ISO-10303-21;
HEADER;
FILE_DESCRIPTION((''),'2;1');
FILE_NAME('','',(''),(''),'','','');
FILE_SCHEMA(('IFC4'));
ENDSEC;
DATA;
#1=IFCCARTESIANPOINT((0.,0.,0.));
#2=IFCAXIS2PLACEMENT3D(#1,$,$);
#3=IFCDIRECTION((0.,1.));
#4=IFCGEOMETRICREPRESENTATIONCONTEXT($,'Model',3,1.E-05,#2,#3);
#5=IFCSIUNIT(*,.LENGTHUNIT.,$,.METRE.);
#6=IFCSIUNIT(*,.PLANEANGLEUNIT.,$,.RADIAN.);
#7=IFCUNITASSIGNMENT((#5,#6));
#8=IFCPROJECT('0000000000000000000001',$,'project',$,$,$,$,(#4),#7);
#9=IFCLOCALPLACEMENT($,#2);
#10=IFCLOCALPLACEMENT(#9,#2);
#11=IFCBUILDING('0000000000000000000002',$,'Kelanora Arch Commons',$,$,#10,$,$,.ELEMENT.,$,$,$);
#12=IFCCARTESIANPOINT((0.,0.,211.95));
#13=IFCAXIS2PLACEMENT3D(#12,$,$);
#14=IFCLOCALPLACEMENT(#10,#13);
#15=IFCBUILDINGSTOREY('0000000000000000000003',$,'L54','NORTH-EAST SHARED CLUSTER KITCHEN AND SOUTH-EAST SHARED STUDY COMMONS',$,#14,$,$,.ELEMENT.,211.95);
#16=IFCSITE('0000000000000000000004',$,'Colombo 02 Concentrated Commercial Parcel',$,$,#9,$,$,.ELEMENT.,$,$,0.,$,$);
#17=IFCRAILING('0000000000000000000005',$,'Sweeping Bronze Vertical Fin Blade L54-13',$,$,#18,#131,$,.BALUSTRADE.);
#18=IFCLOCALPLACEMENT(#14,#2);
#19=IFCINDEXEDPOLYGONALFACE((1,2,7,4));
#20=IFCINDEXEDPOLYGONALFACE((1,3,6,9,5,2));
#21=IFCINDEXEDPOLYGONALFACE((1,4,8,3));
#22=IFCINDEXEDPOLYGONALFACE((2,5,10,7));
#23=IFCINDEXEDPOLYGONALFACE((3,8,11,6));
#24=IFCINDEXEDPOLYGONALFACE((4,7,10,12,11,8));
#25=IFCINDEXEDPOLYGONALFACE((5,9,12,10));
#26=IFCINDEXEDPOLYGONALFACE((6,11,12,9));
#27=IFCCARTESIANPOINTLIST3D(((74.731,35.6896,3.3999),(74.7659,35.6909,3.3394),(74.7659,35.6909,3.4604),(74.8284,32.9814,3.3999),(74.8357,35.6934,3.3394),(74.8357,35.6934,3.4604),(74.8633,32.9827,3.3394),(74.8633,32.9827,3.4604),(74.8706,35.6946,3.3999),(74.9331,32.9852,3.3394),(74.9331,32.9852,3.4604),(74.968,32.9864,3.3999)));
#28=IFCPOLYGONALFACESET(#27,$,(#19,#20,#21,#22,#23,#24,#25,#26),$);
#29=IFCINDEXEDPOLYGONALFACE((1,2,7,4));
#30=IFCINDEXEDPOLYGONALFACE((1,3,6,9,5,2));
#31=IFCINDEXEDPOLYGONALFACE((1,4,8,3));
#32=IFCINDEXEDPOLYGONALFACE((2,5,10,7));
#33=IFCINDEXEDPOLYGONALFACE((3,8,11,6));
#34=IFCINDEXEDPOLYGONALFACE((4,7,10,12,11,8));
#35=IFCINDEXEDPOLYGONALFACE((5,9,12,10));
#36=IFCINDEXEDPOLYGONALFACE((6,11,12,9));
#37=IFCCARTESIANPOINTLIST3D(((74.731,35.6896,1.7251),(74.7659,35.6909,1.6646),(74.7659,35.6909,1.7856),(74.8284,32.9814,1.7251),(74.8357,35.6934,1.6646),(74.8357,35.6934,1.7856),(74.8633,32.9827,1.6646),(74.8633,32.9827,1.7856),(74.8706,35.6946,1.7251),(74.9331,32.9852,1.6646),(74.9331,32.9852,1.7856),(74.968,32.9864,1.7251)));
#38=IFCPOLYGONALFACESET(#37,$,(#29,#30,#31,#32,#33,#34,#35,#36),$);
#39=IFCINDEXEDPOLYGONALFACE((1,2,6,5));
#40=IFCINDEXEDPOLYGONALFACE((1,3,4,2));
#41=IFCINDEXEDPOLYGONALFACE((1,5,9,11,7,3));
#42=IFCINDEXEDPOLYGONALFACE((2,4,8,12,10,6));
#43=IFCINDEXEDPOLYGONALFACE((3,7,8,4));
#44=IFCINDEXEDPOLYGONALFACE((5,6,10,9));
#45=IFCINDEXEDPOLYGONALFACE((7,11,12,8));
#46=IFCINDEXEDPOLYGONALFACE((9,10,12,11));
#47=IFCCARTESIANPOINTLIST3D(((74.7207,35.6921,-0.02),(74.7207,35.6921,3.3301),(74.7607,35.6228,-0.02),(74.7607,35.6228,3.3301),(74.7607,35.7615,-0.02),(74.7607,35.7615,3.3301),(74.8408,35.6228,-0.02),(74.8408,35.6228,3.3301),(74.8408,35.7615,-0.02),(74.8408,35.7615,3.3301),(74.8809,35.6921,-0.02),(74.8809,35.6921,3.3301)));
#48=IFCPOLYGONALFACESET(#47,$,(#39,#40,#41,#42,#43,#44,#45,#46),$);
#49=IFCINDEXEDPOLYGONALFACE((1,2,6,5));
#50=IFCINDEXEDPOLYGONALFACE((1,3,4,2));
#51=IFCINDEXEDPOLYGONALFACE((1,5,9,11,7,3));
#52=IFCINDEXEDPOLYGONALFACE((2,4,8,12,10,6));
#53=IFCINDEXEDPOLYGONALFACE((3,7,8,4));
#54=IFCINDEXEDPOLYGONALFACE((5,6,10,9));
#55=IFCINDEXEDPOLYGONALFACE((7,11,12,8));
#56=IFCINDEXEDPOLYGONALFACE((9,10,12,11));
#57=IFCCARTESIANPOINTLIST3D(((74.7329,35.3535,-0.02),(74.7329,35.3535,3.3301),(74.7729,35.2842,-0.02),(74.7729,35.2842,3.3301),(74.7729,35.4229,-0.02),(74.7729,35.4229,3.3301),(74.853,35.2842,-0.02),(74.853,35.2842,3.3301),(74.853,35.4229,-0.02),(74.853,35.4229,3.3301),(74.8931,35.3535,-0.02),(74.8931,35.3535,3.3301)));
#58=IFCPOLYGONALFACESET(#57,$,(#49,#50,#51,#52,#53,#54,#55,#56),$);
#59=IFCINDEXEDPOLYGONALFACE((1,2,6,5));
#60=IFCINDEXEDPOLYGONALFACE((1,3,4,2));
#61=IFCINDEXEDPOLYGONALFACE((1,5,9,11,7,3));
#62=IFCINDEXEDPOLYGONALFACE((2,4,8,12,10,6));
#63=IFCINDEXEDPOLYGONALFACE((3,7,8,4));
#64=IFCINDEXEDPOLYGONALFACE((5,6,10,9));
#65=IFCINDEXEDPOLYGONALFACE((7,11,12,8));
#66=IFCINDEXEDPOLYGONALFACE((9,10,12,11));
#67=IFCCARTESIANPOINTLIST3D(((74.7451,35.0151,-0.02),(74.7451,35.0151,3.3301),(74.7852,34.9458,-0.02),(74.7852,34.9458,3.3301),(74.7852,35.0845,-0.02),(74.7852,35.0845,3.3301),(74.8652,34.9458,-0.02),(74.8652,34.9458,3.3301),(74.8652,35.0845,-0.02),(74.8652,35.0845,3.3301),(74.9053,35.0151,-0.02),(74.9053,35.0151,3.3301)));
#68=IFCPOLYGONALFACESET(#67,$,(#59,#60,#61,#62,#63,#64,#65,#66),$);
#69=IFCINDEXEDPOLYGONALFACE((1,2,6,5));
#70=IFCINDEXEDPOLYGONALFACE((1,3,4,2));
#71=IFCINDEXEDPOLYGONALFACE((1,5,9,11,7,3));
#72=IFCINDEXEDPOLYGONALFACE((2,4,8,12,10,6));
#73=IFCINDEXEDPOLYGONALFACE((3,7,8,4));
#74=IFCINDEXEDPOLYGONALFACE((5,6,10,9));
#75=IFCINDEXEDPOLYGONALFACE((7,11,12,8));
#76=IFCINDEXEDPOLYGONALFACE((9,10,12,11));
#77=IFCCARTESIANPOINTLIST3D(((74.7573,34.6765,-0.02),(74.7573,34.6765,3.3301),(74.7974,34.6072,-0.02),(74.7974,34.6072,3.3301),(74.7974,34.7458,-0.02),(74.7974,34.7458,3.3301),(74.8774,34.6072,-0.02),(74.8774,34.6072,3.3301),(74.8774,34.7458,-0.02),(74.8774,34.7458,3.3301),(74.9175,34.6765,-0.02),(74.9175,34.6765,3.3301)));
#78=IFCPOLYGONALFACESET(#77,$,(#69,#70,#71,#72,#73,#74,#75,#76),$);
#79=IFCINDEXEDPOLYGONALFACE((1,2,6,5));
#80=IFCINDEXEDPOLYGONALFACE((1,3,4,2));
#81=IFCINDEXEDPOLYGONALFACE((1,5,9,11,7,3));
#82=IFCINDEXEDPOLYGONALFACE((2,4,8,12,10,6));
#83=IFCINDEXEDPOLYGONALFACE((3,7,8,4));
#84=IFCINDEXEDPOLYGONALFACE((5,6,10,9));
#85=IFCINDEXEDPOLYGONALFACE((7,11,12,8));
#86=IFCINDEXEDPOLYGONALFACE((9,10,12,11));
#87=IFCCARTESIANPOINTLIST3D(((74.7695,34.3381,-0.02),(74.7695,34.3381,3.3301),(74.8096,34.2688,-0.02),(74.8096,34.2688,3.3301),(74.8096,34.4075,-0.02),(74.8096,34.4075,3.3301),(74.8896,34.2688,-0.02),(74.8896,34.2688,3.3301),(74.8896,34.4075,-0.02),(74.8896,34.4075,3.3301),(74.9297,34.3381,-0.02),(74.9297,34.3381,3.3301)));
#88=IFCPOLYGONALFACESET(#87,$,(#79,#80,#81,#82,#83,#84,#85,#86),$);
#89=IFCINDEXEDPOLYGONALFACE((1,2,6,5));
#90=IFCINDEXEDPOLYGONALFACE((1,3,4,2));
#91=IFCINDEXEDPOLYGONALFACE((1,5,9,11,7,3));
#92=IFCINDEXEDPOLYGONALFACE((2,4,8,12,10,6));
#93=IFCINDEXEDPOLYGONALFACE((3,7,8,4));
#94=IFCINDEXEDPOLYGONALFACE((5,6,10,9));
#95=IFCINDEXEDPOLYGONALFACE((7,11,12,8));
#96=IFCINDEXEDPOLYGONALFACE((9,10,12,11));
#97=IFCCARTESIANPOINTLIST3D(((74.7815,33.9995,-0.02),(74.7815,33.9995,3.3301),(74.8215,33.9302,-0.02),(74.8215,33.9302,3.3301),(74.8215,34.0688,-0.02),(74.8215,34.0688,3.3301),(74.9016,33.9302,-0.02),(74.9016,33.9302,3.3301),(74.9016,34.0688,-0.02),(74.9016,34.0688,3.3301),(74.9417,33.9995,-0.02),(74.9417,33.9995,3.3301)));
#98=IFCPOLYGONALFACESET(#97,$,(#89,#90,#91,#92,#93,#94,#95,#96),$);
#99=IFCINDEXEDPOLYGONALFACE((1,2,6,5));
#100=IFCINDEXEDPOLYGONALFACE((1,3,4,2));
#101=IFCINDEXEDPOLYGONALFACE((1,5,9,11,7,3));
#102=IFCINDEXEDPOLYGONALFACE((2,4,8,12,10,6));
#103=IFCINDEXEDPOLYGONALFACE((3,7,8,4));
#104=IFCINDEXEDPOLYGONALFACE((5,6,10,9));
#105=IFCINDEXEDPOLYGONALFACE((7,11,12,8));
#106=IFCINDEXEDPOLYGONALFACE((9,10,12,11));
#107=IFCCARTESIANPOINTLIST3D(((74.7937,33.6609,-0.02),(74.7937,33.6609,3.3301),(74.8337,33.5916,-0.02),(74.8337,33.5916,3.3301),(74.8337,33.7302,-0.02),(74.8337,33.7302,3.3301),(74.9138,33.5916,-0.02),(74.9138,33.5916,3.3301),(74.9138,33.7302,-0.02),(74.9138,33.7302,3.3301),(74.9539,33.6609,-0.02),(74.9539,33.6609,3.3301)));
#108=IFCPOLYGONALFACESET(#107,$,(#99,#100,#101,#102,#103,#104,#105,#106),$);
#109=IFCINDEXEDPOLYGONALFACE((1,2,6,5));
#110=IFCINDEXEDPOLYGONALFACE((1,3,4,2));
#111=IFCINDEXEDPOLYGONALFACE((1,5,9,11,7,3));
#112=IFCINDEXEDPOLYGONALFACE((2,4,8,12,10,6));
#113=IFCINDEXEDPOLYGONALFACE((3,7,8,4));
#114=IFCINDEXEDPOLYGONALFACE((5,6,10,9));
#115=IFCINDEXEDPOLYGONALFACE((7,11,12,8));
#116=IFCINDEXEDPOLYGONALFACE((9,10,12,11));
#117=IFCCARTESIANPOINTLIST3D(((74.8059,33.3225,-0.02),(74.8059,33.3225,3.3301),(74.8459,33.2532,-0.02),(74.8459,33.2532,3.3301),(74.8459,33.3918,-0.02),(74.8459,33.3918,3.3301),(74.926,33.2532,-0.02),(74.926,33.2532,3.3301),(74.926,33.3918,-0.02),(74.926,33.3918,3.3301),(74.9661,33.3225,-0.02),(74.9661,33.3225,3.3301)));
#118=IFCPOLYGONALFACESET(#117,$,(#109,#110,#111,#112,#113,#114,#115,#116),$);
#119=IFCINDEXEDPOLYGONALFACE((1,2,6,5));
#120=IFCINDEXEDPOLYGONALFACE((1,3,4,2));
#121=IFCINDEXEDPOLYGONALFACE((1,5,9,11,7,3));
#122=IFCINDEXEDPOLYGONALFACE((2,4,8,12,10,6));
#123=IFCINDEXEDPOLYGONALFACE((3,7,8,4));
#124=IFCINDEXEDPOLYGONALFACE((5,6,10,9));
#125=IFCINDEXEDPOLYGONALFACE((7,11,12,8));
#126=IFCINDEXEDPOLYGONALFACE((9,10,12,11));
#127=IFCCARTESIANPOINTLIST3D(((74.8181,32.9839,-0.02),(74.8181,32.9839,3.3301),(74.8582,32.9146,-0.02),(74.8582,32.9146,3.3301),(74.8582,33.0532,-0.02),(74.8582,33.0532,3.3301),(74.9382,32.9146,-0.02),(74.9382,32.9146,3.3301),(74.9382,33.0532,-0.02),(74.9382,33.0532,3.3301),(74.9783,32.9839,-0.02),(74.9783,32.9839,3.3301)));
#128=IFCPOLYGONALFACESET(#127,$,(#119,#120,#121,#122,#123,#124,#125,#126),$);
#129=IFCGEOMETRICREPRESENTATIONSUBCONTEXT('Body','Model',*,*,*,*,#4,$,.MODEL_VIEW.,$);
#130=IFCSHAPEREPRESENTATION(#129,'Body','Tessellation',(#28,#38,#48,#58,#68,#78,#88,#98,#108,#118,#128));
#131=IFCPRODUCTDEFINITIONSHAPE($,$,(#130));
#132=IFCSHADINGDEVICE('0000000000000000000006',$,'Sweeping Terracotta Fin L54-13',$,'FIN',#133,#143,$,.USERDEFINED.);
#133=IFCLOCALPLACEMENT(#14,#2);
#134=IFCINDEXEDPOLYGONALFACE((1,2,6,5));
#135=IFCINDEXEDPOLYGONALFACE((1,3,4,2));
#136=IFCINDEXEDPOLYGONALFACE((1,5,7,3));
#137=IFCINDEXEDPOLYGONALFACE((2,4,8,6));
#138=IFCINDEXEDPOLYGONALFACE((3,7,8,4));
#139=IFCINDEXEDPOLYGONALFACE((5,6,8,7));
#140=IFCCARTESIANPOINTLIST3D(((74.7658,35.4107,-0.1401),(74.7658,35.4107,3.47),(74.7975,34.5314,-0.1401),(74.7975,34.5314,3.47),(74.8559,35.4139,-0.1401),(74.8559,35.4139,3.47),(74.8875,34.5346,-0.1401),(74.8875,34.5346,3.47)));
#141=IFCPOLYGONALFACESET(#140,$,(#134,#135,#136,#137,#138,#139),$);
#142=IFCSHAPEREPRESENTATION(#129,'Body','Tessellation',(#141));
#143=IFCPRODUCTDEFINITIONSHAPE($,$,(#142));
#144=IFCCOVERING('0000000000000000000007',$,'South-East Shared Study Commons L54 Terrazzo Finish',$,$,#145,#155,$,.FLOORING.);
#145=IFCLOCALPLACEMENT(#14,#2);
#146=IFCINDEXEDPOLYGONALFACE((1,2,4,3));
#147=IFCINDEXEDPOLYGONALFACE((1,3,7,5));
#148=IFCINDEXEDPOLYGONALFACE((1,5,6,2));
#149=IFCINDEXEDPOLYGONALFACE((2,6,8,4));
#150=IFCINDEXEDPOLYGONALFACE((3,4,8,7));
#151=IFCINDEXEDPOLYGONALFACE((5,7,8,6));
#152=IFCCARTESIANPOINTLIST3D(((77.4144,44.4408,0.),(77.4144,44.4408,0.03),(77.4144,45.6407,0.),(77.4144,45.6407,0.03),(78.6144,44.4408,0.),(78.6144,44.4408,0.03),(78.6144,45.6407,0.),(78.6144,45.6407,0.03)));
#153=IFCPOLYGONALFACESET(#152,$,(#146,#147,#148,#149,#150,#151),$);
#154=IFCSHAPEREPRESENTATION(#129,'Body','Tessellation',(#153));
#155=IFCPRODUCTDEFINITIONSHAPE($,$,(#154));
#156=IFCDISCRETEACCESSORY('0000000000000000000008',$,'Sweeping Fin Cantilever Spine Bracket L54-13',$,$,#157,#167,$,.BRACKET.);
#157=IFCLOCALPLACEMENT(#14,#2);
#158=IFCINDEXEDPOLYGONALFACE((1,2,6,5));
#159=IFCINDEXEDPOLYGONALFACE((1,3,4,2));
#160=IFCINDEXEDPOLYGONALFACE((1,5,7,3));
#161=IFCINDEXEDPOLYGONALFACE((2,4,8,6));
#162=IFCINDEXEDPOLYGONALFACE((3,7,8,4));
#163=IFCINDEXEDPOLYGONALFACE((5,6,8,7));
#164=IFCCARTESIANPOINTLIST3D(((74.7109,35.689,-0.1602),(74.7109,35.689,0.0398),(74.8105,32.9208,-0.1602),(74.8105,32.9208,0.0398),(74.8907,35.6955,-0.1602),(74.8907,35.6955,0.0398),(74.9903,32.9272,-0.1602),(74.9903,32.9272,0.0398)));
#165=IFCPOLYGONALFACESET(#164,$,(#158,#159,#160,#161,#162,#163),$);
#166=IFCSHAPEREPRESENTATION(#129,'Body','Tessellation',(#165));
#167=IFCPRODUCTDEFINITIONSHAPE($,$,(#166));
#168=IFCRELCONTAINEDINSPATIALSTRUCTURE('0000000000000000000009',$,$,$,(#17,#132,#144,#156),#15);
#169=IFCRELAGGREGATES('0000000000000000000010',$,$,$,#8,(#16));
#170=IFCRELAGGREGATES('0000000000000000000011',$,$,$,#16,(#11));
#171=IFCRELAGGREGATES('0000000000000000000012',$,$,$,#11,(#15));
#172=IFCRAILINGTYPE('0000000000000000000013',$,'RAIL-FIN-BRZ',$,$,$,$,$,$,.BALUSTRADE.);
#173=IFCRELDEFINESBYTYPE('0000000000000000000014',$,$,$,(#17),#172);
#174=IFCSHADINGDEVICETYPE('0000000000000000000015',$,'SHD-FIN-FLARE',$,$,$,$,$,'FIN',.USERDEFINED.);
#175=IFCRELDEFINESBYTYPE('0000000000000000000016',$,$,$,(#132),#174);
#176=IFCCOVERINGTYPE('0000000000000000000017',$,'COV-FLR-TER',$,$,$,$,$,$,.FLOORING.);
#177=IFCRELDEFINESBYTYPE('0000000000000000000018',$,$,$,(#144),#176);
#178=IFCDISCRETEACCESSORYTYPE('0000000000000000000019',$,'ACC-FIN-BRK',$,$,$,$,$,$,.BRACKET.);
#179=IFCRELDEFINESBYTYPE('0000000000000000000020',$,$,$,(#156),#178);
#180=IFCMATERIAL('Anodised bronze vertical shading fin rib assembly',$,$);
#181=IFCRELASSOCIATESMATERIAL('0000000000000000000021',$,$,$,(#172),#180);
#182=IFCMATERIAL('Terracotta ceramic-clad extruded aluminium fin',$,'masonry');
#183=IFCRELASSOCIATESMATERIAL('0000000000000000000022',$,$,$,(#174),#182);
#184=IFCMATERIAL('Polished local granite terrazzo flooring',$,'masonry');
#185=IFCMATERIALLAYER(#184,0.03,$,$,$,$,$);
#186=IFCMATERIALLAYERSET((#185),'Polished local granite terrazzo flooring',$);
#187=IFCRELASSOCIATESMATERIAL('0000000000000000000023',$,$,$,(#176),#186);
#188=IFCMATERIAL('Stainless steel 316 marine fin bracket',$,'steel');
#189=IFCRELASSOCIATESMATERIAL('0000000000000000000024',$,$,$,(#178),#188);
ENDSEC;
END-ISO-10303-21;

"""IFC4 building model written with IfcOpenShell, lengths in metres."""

from ifc_helpers import new_model, si_unit, direction, frame, origin, origin_2d, place, context, subcontext, project, spatial, polyline, rectangle, outline, extrude, source, transform, mapped, material, layer, layer_set, type_object, element, save


model = new_model("IFC4")

# Units and contexts
model_context = context("Model", 3, precision=1e-05, world=origin(), true_north=direction((0.0, 1.0)))
body_context = subcontext(model_context, "Body", "Model", "MODEL_VIEW")
ifc_project = project(units=[si_unit("LENGTHUNIT", "METRE"), si_unit("PLANEANGLEUNIT", "RADIAN")], contexts=[model_context])

# Site, building, storey
site_placement = place(None, origin())
site = spatial("IfcSite", under=ifc_project, at=site_placement, Name="Colombo 02 Concentrated Commercial Parcel", CompositionType="ELEMENT", RefElevation=0.0)
building_placement = place(site_placement, origin())
building = spatial("IfcBuilding", under=site, at=building_placement, Name="Kelanora Arch Commons", CompositionType="ELEMENT")
storey_placement = place(building_placement, frame((0.0, 0.0, 211.95)))
storey = spatial("IfcBuildingStorey", under=building, at=storey_placement, Name="L54", Description="NORTH-EAST SHARED CLUSTER KITCHEN AND SOUTH-EAST SHARED STUDY COMMONS", CompositionType="ELEMENT", Elevation=211.95)

# Railing
ifc_material_1 = material(Name="Anodised bronze vertical shading fin rib assembly")
railing_type = type_object("IfcRailingType", Name="RAIL-FIN-BRZ", PredefinedType="BALUSTRADE", material=ifc_material_1)
railing_placement = place(storey_placement, frame((74.8008, 35.6921, -0.02)))
element("IfcRailing", 1, at=railing_placement, inside=storey, type_object=railing_type, Name="Sweeping Bronze Vertical Fin Blade L54-13", PredefinedType="BALUSTRADE", context=body_context, shape_type="SweptSolid", body=[
    extrude(outline(polyline([(0.0698, 0.0), (0.0349, 0.0605), (-0.0349, 0.0605), (-0.0698, 0.0), (-0.0349, -0.0605), (0.0349, -0.0605), (0.0698, 0.0)])), frame((0.0, 0.0, 3.4199), z_axis=(0.035945, -0.999354, 0.0), x_axis=(0.999354, 0.035945, 0.0)), (0.0, 0.0, 1.0), 2.71),
    extrude(outline(polyline([(0.0698, 0.0), (0.0349, 0.0605), (-0.0349, 0.0605), (-0.0698, 0.0), (-0.0349, -0.0605), (0.0349, -0.0605), (0.0698, 0.0)])), frame((0.0, 0.0, 1.7451), z_axis=(0.035945, -0.999354, 0.0), x_axis=(0.999354, 0.035945, 0.0)), (0.0, 0.0, 1.0), 2.71),
    extrude(outline(polyline([(0.0801, 0.0), (0.04, 0.0693), (-0.04, 0.0693), (-0.0801, 0.0), (-0.04, -0.0693), (0.04, -0.0693), (0.0801, 0.0)])), origin(), (0.0, 0.0, 1.0), 3.3501),
    extrude(outline(polyline([(0.0801, 0.0), (0.04, 0.0693), (-0.04, 0.0693), (-0.0801, 0.0), (-0.04, -0.0693), (0.04, -0.0693), (0.0801, 0.0)])), frame((0.0122, -0.3386, 0.0)), (0.0, 0.0, 1.0), 3.3501),
    extrude(outline(polyline([(0.0801, 0.0), (0.04, 0.0693), (-0.04, 0.0693), (-0.0801, 0.0), (-0.04, -0.0693), (0.04, -0.0693), (0.0801, 0.0)])), frame((0.0244, -0.677, 0.0)), (0.0, 0.0, 1.0), 3.3501),
    extrude(outline(polyline([(0.0801, 0.0), (0.04, 0.0693), (-0.04, 0.0693), (-0.0801, 0.0), (-0.04, -0.0693), (0.04, -0.0693), (0.0801, 0.0)])), frame((0.0366, -1.0156, 0.0)), (0.0, 0.0, 1.0), 3.3501),
    extrude(outline(polyline([(0.0801, 0.0), (0.04, 0.0693), (-0.04, 0.0693), (-0.0801, 0.0), (-0.04, -0.0693), (0.04, -0.0693), (0.0801, 0.0)])), frame((0.0488, -1.354, 0.0)), (0.0, 0.0, 1.0), 3.3501),
    extrude(outline(polyline([(0.0801, 0.0), (0.04, 0.0693), (-0.04, 0.0693), (-0.0801, 0.0), (-0.04, -0.0693), (0.04, -0.0693), (0.0801, 0.0)])), frame((0.0608, -1.6926, 0.0)), (0.0, 0.0, 1.0), 3.3501),
    extrude(outline(polyline([(0.0801, 0.0), (0.04, 0.0693), (-0.04, 0.0693), (-0.0801, 0.0), (-0.04, -0.0693), (0.04, -0.0693), (0.0801, 0.0)])), frame((0.073, -2.0312, 0.0)), (0.0, 0.0, 1.0), 3.3501),
    extrude(outline(polyline([(0.0801, 0.0), (0.04, 0.0693), (-0.04, 0.0693), (-0.0801, 0.0), (-0.04, -0.0693), (0.04, -0.0693), (0.0801, 0.0)])), frame((0.0852, -2.3696, 0.0)), (0.0, 0.0, 1.0), 3.3501),
    extrude(outline(polyline([(0.0801, 0.0), (0.04, 0.0693), (-0.04, 0.0693), (-0.0801, 0.0), (-0.04, -0.0693), (0.04, -0.0693), (0.0801, 0.0)])), frame((0.0974, -2.7083, 0.0)), (0.0, 0.0, 1.0), 3.3501),
])

# Shading device
ifc_material_2 = material(Name="Terracotta ceramic-clad extruded aluminium fin", Category="masonry")
shading_device_type = type_object("IfcShadingDeviceType", Name="SHD-FIN-FLARE", ElementType="FIN", PredefinedType="USERDEFINED", material=ifc_material_2)
shared_shape_1 = source(origin(), body_context, "Body", "SweptSolid", [
    extrude(rectangle(XDim=0.8799, YDim=0.0901, at=origin_2d()), origin(), (0.0, 0.0, 1.0), 3.6101),
])
shading_device_placement = place(storey_placement, frame((74.8267, 34.9727, -0.1401), z_axis=(0.0, 0.0, 1.0), x_axis=(0.035946, -0.999354, 0.0)))
element("IfcShadingDevice", 2, at=shading_device_placement, inside=storey, type_object=shading_device_type, Name="Sweeping Terracotta Fin L54-13", ObjectType="FIN", PredefinedType="USERDEFINED", context=body_context, shape_type="MappedRepresentation", body=[
    mapped(shared_shape_1, transform((0.0, 0.0, 0.0), scale=1.0)),
])

# Covering
ifc_material_3 = material(Name="Polished local granite terrazzo flooring", Category="masonry")
ifc_layer_1 = layer(ifc_material_3, 0.03)
ifc_layer_set_1 = layer_set([ifc_layer_1], Name="Polished local granite terrazzo flooring")
covering_type = type_object("IfcCoveringType", Name="COV-FLR-TER", PredefinedType="FLOORING", material=ifc_layer_set_1)
shared_shape_2 = source(origin(), body_context, "Body", "SweptSolid", [
    extrude(rectangle(XDim=1.2, YDim=1.2, at=origin_2d()), origin(), (0.0, 0.0, 1.0), 0.03),
])
covering_placement = place(storey_placement, frame((78.0144, 45.0408, 0.0), z_axis=(0.0, 0.0, 1.0), x_axis=(1.0, 0.0, 0.0)))
element("IfcCovering", 3, at=covering_placement, inside=storey, type_object=covering_type, Name="South-East Shared Study Commons L54 Terrazzo Finish", PredefinedType="FLOORING", context=body_context, shape_type="MappedRepresentation", body=[
    mapped(shared_shape_2, transform((0.0, 0.0, 0.0), scale=1.0)),
])

# Discrete accessory
ifc_material_4 = material(Name="Stainless steel 316 marine fin bracket", Category="steel")
discrete_accessory_type = type_object("IfcDiscreteAccessoryType", Name="ACC-FIN-BRK", PredefinedType="BRACKET", material=ifc_material_4)
shared_shape_3 = source(origin(), body_context, "Body", "SweptSolid", [
    extrude(rectangle(XDim=2.77, YDim=0.1799, at=origin_2d()), origin(), (0.0, 0.0, 1.0), 0.2),
])
discrete_accessory_placement = place(storey_placement, frame((74.8506, 34.3081, -0.1602), z_axis=(0.0, 0.0, 1.0), x_axis=(0.035946, -0.999354, 0.0)))
element("IfcDiscreteAccessory", 4, at=discrete_accessory_placement, inside=storey, type_object=discrete_accessory_type, Name="Sweeping Fin Cantilever Spine Bracket L54-13", PredefinedType="BRACKET", context=body_context, shape_type="MappedRepresentation", body=[
    mapped(shared_shape_3, transform((0.0, 0.0, 0.0), scale=1.0)),
])

save(model, "model.ifc")
